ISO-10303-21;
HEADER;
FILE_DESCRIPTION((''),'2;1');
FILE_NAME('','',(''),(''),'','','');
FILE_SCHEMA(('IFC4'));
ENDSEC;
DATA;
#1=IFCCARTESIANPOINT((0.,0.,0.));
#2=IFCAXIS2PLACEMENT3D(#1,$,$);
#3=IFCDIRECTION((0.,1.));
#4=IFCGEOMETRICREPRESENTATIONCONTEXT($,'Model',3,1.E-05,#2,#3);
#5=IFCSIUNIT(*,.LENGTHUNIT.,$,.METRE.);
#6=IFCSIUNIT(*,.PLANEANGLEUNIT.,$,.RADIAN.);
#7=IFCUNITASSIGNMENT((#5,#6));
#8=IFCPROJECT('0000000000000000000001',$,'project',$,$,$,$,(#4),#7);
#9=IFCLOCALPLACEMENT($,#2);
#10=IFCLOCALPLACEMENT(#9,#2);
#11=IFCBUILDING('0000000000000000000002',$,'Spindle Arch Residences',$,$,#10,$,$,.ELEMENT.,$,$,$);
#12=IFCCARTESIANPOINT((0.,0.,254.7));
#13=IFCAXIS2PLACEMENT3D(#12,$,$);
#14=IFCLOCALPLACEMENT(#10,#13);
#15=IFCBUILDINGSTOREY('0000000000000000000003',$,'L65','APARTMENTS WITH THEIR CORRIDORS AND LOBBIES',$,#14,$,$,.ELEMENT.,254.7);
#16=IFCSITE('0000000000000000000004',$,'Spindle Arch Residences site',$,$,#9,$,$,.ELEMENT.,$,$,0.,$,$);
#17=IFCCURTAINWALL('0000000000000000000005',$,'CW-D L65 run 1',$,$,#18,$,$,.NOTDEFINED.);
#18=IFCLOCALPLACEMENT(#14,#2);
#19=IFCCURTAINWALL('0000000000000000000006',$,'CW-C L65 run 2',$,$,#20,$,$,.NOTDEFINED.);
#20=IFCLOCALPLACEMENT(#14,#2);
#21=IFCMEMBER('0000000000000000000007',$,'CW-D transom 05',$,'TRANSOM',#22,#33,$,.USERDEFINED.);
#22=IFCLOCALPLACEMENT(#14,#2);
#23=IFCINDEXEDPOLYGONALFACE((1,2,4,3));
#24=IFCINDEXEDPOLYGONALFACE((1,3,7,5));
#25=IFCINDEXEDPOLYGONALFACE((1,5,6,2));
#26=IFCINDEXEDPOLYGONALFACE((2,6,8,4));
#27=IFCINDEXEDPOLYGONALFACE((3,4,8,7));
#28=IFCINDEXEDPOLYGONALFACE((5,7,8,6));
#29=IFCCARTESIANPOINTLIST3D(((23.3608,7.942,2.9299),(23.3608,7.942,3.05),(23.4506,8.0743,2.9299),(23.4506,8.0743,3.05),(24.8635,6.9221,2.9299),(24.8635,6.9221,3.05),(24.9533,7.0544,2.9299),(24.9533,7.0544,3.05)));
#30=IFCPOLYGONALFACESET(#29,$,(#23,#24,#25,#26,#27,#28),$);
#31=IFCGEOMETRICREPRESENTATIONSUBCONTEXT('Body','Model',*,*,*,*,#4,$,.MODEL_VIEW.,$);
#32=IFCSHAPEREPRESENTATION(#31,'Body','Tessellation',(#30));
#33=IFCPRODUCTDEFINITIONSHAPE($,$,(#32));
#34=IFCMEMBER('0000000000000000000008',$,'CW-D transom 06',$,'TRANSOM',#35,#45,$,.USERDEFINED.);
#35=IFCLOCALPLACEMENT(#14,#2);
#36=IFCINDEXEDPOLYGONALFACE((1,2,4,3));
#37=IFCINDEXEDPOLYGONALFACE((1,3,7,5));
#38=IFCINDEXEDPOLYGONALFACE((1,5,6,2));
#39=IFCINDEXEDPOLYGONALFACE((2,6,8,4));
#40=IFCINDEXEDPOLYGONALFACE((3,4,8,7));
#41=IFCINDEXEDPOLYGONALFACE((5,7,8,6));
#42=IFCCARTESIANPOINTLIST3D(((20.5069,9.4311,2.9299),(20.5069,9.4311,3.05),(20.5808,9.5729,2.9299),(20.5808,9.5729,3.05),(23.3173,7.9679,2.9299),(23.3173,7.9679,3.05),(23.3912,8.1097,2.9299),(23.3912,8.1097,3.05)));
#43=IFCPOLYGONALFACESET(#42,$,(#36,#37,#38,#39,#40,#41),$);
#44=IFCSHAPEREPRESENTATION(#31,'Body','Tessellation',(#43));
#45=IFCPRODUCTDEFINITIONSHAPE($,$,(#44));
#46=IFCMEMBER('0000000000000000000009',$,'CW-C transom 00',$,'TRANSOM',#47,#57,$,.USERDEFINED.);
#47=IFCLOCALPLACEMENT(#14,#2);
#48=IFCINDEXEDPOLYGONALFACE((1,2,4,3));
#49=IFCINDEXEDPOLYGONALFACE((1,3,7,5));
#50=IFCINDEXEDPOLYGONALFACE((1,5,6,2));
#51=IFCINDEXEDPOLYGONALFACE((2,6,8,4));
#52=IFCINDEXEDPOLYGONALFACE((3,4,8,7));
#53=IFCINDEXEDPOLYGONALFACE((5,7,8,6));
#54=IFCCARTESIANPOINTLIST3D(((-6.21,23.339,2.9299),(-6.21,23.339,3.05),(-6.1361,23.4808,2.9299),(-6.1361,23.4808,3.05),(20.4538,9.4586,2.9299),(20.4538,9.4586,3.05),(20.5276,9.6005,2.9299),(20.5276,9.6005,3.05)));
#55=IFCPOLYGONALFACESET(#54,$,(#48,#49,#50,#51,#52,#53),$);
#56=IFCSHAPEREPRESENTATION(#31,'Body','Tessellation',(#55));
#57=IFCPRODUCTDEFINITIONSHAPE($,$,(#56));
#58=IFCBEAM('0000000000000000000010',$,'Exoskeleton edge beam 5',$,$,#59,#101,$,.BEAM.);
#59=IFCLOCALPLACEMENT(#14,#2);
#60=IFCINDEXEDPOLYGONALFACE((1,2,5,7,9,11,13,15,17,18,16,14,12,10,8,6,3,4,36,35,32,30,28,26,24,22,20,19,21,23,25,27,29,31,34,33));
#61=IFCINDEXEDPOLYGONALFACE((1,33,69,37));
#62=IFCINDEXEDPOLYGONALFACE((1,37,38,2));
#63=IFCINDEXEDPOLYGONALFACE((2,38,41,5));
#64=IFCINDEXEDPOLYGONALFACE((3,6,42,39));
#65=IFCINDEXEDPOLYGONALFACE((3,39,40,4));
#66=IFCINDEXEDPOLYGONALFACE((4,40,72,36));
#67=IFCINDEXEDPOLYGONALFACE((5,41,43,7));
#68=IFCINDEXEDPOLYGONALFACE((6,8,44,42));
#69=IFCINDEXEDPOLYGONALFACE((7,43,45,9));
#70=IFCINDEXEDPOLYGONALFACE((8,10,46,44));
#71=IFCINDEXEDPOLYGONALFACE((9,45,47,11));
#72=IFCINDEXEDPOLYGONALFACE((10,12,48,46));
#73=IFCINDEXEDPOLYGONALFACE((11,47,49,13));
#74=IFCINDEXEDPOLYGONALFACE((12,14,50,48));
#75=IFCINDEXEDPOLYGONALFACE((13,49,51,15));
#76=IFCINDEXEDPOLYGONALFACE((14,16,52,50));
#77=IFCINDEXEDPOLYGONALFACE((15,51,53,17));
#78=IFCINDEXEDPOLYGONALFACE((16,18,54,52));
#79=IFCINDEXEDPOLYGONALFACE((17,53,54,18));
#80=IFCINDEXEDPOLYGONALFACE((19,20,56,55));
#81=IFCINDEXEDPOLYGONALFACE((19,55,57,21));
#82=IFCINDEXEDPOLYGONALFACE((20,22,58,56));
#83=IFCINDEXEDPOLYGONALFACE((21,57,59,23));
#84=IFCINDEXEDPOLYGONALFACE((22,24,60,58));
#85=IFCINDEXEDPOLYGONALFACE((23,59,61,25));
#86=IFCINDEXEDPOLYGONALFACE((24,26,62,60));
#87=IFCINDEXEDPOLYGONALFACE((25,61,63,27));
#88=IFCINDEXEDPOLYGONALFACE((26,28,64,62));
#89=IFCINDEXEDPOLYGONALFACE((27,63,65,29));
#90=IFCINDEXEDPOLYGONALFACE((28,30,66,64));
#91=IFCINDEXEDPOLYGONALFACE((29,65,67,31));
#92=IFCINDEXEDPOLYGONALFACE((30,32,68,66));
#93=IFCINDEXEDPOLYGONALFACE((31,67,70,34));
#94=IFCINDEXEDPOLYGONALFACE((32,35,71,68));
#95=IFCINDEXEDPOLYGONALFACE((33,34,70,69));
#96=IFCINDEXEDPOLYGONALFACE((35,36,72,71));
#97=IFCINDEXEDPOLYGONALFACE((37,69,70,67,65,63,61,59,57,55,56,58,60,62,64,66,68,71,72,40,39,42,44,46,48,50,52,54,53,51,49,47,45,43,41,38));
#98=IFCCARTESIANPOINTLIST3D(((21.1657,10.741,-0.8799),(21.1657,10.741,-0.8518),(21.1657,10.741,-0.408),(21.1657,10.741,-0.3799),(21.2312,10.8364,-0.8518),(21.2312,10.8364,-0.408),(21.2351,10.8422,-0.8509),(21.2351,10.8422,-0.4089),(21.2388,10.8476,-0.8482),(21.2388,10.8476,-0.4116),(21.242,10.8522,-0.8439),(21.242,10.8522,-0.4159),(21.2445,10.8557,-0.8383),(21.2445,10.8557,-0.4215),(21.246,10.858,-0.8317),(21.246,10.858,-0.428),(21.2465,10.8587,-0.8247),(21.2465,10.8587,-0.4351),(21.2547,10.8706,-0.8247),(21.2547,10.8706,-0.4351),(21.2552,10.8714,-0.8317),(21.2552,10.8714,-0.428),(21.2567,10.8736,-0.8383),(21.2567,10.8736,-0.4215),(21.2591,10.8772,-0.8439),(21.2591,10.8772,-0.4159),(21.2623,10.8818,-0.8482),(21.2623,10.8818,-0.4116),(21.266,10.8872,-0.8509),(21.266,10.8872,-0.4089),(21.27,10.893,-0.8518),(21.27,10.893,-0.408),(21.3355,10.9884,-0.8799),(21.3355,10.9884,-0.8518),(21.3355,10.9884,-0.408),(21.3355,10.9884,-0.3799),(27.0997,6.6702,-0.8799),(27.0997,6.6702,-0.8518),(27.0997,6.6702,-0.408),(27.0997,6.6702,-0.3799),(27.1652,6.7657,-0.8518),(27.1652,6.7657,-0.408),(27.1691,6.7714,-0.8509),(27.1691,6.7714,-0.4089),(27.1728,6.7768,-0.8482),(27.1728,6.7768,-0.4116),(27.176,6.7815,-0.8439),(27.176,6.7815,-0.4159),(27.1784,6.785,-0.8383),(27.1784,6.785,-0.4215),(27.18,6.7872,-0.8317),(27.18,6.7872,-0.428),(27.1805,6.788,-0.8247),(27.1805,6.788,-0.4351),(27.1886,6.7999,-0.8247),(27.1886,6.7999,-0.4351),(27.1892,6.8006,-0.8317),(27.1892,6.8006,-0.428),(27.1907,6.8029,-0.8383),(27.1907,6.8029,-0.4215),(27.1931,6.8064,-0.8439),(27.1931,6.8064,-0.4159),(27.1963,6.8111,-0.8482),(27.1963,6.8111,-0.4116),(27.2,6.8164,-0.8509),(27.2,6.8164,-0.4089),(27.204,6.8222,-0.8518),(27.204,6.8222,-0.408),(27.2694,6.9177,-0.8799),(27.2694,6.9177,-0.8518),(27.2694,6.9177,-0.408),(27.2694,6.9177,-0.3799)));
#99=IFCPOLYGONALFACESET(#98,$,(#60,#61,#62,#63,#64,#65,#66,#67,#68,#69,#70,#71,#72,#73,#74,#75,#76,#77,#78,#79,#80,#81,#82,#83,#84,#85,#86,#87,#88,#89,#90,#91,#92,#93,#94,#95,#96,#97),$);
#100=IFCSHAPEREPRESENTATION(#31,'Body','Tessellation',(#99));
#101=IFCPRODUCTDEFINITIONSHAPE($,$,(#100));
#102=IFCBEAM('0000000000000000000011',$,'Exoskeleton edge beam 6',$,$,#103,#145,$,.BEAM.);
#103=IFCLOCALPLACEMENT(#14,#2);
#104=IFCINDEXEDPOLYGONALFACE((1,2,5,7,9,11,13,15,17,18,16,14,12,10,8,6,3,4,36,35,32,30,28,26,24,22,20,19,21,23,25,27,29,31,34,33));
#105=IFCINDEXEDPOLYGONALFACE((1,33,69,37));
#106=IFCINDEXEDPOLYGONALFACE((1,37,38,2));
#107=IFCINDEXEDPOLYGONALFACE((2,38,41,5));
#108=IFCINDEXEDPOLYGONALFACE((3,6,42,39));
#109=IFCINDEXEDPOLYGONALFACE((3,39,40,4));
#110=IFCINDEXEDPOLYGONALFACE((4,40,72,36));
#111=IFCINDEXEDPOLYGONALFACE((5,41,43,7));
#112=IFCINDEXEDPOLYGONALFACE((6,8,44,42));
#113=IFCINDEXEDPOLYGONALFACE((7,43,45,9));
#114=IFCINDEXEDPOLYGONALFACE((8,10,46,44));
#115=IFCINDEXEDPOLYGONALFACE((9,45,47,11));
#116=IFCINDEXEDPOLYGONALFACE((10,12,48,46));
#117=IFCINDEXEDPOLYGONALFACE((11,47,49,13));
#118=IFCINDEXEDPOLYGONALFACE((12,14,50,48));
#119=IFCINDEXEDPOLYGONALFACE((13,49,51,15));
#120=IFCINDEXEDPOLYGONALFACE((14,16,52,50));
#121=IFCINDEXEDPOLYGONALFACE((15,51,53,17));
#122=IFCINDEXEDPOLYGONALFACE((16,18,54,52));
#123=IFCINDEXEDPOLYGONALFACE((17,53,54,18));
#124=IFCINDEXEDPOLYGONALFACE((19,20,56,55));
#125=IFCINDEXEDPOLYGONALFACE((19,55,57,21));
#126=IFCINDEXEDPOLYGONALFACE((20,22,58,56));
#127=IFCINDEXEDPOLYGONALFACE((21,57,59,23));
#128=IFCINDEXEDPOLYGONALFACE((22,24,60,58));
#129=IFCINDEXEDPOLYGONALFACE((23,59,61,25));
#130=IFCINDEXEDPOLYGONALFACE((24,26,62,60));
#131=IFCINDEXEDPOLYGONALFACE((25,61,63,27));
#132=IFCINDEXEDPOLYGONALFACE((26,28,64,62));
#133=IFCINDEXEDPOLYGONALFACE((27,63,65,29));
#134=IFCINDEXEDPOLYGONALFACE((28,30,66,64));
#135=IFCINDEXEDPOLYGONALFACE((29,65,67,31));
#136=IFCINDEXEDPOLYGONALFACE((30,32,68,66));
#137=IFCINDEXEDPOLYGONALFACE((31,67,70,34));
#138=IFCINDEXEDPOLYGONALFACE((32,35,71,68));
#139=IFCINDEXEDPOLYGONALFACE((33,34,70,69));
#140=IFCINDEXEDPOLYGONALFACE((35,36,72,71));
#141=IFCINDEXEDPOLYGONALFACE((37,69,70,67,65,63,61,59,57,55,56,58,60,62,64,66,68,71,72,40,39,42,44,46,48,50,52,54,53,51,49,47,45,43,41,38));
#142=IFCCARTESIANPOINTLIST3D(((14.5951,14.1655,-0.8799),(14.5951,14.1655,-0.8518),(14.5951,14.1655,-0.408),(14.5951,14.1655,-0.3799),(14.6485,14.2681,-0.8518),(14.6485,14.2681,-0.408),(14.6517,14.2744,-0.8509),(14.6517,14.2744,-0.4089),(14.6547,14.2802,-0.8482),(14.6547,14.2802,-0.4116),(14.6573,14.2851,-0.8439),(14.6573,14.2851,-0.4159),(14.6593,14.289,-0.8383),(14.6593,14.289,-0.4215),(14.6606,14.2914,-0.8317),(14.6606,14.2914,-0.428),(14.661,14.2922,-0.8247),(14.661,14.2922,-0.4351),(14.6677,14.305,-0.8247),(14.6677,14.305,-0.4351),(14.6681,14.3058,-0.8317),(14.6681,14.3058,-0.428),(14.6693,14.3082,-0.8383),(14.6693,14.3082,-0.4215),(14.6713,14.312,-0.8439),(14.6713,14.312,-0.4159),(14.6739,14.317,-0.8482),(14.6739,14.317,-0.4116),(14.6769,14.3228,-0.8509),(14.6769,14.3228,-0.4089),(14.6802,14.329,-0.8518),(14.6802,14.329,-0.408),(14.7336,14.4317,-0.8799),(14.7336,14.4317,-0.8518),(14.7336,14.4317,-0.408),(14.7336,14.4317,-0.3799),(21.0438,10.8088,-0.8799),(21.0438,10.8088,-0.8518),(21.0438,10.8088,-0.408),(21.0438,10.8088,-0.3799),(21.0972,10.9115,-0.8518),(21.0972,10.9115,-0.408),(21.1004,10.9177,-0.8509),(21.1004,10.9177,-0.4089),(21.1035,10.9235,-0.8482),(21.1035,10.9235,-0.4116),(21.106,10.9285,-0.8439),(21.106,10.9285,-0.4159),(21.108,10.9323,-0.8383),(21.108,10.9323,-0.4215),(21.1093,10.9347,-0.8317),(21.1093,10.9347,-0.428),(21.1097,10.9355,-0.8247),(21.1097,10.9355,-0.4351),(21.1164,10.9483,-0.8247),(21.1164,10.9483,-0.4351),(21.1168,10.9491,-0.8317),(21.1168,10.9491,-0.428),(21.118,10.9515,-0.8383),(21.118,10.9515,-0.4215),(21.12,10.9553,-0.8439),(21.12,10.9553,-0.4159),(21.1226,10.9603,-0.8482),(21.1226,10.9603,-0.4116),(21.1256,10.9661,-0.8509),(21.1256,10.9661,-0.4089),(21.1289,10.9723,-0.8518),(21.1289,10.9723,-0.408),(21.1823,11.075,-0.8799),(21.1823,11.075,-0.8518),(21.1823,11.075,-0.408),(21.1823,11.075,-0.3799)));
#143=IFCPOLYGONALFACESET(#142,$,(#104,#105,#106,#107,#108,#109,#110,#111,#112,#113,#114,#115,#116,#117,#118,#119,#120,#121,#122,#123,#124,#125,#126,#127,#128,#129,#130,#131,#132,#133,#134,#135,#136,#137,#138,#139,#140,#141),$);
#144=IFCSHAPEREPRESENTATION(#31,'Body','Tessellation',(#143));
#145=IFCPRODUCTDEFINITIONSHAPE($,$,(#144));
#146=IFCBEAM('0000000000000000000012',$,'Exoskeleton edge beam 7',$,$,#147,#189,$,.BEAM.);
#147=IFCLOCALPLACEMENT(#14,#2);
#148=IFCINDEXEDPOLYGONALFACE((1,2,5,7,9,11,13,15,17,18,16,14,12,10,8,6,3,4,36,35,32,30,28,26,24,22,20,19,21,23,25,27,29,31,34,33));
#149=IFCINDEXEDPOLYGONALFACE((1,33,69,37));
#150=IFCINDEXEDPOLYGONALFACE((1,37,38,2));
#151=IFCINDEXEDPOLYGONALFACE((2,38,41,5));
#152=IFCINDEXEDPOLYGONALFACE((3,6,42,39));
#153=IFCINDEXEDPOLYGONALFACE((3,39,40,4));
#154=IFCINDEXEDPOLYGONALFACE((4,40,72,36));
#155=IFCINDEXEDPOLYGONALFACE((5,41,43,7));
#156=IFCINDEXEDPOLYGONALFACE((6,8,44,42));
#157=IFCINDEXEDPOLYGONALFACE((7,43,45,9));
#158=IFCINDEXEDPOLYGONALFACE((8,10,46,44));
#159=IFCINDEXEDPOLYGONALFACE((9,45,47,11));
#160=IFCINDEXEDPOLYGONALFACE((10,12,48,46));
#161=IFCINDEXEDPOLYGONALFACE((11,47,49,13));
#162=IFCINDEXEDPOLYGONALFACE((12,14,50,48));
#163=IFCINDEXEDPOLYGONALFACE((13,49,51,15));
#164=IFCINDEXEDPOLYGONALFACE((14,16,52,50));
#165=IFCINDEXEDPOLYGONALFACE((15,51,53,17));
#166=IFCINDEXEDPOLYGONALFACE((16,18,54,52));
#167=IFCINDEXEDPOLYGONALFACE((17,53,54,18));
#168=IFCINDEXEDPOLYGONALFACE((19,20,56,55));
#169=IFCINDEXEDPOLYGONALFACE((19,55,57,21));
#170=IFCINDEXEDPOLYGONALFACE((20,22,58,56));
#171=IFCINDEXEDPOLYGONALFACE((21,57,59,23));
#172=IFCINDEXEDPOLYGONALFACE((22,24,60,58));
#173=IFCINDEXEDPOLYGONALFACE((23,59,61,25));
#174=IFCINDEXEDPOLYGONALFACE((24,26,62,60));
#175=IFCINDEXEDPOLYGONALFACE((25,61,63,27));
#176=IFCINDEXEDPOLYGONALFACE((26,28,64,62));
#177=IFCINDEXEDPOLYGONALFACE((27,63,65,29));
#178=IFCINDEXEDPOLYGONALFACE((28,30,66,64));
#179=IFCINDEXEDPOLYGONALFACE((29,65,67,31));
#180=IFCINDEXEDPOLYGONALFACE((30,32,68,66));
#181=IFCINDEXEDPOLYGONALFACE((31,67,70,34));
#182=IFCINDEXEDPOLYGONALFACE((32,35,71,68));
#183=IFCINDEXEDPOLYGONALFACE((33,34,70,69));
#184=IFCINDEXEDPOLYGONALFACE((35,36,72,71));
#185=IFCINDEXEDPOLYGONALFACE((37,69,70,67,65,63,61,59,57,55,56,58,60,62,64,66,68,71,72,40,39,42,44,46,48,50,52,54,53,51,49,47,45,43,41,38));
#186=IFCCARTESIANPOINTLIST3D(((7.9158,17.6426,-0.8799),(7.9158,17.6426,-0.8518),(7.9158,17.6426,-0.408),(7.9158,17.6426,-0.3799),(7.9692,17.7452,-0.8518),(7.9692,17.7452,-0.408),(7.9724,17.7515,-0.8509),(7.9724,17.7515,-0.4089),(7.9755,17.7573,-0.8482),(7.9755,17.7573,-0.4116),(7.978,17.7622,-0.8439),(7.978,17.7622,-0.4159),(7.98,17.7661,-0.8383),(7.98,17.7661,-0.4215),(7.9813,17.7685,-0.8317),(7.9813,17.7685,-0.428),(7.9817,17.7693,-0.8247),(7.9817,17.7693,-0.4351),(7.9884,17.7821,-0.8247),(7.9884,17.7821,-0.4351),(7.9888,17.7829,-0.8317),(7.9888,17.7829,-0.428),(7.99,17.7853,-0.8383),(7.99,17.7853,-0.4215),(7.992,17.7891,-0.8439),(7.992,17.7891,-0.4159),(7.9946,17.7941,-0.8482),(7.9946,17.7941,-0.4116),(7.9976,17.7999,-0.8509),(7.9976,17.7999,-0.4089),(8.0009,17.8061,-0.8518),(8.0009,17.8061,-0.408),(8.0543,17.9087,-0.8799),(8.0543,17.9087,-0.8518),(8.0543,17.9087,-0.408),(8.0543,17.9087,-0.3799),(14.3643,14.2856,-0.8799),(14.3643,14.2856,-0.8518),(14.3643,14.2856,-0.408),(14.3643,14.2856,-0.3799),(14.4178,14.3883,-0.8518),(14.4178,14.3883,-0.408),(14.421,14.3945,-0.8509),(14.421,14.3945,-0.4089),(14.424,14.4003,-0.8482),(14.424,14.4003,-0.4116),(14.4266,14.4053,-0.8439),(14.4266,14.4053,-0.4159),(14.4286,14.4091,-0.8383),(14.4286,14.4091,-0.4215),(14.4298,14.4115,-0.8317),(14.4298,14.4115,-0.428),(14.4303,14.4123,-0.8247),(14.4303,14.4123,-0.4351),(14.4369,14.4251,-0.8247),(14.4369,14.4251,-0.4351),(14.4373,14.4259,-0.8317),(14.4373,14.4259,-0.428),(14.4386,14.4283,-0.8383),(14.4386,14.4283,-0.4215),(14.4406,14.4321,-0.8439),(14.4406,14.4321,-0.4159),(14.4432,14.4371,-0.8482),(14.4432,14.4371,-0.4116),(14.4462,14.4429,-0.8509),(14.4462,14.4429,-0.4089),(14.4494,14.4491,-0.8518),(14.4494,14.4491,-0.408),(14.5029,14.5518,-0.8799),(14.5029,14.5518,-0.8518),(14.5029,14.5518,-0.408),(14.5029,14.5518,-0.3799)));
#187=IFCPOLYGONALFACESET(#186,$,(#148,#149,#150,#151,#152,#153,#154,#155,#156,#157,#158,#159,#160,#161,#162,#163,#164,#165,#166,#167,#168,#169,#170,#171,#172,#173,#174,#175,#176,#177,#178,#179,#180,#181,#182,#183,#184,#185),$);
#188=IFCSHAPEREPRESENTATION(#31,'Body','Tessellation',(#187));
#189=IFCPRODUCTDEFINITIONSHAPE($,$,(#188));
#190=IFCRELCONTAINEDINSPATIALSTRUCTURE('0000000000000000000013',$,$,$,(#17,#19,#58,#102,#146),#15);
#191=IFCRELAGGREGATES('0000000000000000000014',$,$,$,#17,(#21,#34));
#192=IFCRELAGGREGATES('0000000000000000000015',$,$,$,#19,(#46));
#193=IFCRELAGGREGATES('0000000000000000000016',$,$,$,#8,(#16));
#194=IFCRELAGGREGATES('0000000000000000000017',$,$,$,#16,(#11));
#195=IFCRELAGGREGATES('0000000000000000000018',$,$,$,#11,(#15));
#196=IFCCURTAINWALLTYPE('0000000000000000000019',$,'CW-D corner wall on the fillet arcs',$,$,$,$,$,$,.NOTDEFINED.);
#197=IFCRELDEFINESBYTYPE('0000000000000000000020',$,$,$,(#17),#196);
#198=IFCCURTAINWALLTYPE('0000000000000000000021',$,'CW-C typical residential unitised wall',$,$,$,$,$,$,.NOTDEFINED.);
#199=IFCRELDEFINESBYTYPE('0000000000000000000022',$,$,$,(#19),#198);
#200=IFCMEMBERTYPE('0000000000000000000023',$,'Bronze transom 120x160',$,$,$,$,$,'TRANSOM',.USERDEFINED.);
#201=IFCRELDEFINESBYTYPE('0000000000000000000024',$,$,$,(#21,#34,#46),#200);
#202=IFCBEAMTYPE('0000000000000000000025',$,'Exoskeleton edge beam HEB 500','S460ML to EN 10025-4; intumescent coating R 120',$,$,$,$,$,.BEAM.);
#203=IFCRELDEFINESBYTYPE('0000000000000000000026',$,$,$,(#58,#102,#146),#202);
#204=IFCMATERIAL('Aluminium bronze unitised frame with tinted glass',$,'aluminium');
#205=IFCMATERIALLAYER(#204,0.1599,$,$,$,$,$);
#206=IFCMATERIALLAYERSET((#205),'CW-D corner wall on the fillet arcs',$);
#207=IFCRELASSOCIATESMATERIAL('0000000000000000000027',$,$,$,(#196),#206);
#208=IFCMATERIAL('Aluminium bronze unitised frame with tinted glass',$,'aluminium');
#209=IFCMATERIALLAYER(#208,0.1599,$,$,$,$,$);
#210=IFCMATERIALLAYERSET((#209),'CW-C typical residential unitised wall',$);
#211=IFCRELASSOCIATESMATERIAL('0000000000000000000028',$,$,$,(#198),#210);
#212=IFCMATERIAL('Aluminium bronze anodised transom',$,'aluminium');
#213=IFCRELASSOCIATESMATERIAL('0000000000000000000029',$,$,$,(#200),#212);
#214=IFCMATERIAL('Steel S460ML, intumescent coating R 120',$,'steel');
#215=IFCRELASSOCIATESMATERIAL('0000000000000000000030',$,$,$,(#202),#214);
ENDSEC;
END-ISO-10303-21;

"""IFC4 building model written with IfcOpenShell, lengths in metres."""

from ifc_helpers import new_model, si_unit, direction, frame, origin, origin_2d, place, context, subcontext, project, spatial, rectangle, i_section, extrude, material, layer, layer_set, material_profile, profile_set, type_object, element, aggregate, save


model = new_model("IFC4")

# Units and contexts
model_context = context("Model", 3, precision=1e-05, world=origin(), true_north=direction((0.0, 1.0)))
body_context = subcontext(model_context, "Body", "Model", "MODEL_VIEW")
ifc_project = project(units=[si_unit("LENGTHUNIT", "METRE"), si_unit("PLANEANGLEUNIT", "RADIAN")], contexts=[model_context])

# Site, building, storey
site_placement = place(None, origin())
site = spatial("IfcSite", under=ifc_project, at=site_placement, Name="Spindle Arch Residences site", CompositionType="ELEMENT", RefElevation=0.0)
building_placement = place(site_placement, origin())
building = spatial("IfcBuilding", under=site, at=building_placement, Name="Spindle Arch Residences", CompositionType="ELEMENT")
storey_placement = place(building_placement, frame((0.0, 0.0, 254.7)))
storey = spatial("IfcBuildingStorey", under=building, at=storey_placement, Name="L65", Description="APARTMENTS WITH THEIR CORRIDORS AND LOBBIES", CompositionType="ELEMENT", Elevation=254.7)

# Curtain walls
ifc_material_1 = material(Name="Aluminium bronze unitised frame with tinted glass", Category="aluminium")
ifc_layer_1 = layer(ifc_material_1, 0.1599)
ifc_layer_set_1 = layer_set([ifc_layer_1], Name="CW-D corner wall on the fillet arcs")
curtain_wall_type_1 = type_object("IfcCurtainWallType", Name="CW-D corner wall on the fillet arcs", PredefinedType="NOTDEFINED", material=ifc_layer_set_1)
curtain_wall_1_placement = place(storey_placement, origin())
curtain_wall_1 = element("IfcCurtainWall", 1, at=curtain_wall_1_placement, inside=storey, type_object=curtain_wall_type_1, Name="CW-D L65 run 1", PredefinedType="NOTDEFINED")
ifc_material_2 = material(Name="Aluminium bronze unitised frame with tinted glass", Category="aluminium")
ifc_layer_2 = layer(ifc_material_2, 0.1599)
ifc_layer_set_2 = layer_set([ifc_layer_2], Name="CW-C typical residential unitised wall")
curtain_wall_type_2 = type_object("IfcCurtainWallType", Name="CW-C typical residential unitised wall", PredefinedType="NOTDEFINED", material=ifc_layer_set_2)
curtain_wall_2_placement = place(storey_placement, origin())
curtain_wall_2 = element("IfcCurtainWall", 2, at=curtain_wall_2_placement, inside=storey, type_object=curtain_wall_type_2, Name="CW-C L65 run 2", PredefinedType="NOTDEFINED")

# Members
ifc_material_3 = material(Name="Aluminium bronze anodised transom", Category="aluminium")
ifc_material_profile_1 = material_profile(ifc_material_3, rectangle(XDim=0.1599, YDim=0.1201, at=origin_2d()), Name="TR 120x160")
ifc_profile_set_1 = profile_set([ifc_material_profile_1], Name="Aluminium bronze anodised transom")
member_type_1 = type_object("IfcMemberType", Name="Bronze transom 120x160", ElementType="TRANSOM", PredefinedType="USERDEFINED", material=ifc_profile_set_1)
member_1_placement = place(storey_placement, frame((24.9084, 6.9883, 2.99), z_axis=(-0.827451, 0.561538, 0.0), x_axis=(-0.561538, -0.827451, 0.0)))
member_1 = element("IfcMember", 3, at=member_1_placement, type_object=member_type_1, Name="CW-D transom 05", ObjectType="TRANSOM", PredefinedType="USERDEFINED", context=body_context, shape_type="SweptSolid", body=[
    extrude(rectangle(XDim=0.1599, YDim=0.1201, at=origin_2d()), origin(), (0.0, 0.0, 1.0), 1.8162),
])
member_2_placement = place(storey_placement, frame((23.3542, 8.0388, 2.99), z_axis=(-0.886987, 0.461794, 0.0), x_axis=(-0.461794, -0.886987, 0.0)))
member_2 = element("IfcMember", 4, at=member_2_placement, type_object=member_type_1, Name="CW-D transom 06", ObjectType="TRANSOM", PredefinedType="USERDEFINED", context=body_context, shape_type="SweptSolid", body=[
    extrude(rectangle(XDim=0.1599, YDim=0.1201, at=origin_2d()), origin(), (0.0, 0.0, 1.0), 3.1685),
])
member_3_placement = place(storey_placement, frame((20.4907, 9.5295, 2.99), z_axis=(-0.88701, 0.46175, 0.0), x_axis=(-0.46175, -0.88701, 0.0)))
member_3 = element("IfcMember", 5, at=member_3_placement, type_object=member_type_1, Name="CW-C transom 00", ObjectType="TRANSOM", PredefinedType="USERDEFINED", context=body_context, shape_type="SweptSolid", body=[
    extrude(rectangle(XDim=0.1599, YDim=0.1201, at=origin_2d()), origin(), (0.0, 0.0, 1.0), 30.0603),
])

# Beams
ifc_material_4 = material(Name="Steel S460ML, intumescent coating R 120", Category="steel")
ifc_material_profile_2 = material_profile(ifc_material_4, i_section(OverallWidth=0.3, OverallDepth=0.5, WebThickness=0.0144, FlangeThickness=0.0281, FilletRadius=0.0271, at=origin_2d()), Name="HEB 500")
ifc_profile_set_2 = profile_set([ifc_material_profile_2], Name="Steel S460ML, intumescent coating R 120")
beam_type_1 = type_object("IfcBeamType", Name="Exoskeleton edge beam HEB 500", Description="S460ML to EN 10025-4; intumescent coating R 120", PredefinedType="BEAM", material=ifc_profile_set_2)
beam_1_placement = place(storey_placement, frame((27.1846, 6.7939, -0.6299), z_axis=(-0.824618, 0.565691, 0.0), x_axis=(-0.565691, -0.824618, 0.0)))
element("IfcBeam", 6, at=beam_1_placement, inside=storey, type_object=beam_type_1, Name="Exoskeleton edge beam 5", PredefinedType="BEAM", context=body_context, shape_type="SweptSolid", body=[
    extrude(i_section(OverallWidth=0.3, OverallDepth=0.5, WebThickness=0.0144, FlangeThickness=0.0281, FilletRadius=0.0271, at=origin_2d()), origin(), (0.0, 0.0, 1.0), 7.196),
])
for number, where, z_axis, x_axis, name in (
    (7, (21.113, 10.9419, -0.6299), (-0.887028, 0.461715, 0.0), (-0.461715, -0.887028, 0.0), "Exoskeleton edge beam 6"),
    (8, (14.4336, 14.4187, -0.6299), (-0.887007, 0.461756, 0.0), (-0.461756, -0.887007, 0.0), "Exoskeleton edge beam 7"),
):
    element("IfcBeam", number, at=place(storey_placement, frame(where, z_axis=z_axis, x_axis=x_axis)), inside=storey, type_object=beam_type_1, Name=name, PredefinedType="BEAM", context=body_context, shape_type="SweptSolid", body=[
        extrude(i_section(OverallWidth=0.3, OverallDepth=0.5, WebThickness=0.0144, FlangeThickness=0.0281, FilletRadius=0.0271, at=origin_2d()), origin(), (0.0, 0.0, 1.0), 7.27),
    ])

aggregate(curtain_wall_1, [member_1, member_2])
aggregate(curtain_wall_2, [member_3])

save(model, "model.ifc")
